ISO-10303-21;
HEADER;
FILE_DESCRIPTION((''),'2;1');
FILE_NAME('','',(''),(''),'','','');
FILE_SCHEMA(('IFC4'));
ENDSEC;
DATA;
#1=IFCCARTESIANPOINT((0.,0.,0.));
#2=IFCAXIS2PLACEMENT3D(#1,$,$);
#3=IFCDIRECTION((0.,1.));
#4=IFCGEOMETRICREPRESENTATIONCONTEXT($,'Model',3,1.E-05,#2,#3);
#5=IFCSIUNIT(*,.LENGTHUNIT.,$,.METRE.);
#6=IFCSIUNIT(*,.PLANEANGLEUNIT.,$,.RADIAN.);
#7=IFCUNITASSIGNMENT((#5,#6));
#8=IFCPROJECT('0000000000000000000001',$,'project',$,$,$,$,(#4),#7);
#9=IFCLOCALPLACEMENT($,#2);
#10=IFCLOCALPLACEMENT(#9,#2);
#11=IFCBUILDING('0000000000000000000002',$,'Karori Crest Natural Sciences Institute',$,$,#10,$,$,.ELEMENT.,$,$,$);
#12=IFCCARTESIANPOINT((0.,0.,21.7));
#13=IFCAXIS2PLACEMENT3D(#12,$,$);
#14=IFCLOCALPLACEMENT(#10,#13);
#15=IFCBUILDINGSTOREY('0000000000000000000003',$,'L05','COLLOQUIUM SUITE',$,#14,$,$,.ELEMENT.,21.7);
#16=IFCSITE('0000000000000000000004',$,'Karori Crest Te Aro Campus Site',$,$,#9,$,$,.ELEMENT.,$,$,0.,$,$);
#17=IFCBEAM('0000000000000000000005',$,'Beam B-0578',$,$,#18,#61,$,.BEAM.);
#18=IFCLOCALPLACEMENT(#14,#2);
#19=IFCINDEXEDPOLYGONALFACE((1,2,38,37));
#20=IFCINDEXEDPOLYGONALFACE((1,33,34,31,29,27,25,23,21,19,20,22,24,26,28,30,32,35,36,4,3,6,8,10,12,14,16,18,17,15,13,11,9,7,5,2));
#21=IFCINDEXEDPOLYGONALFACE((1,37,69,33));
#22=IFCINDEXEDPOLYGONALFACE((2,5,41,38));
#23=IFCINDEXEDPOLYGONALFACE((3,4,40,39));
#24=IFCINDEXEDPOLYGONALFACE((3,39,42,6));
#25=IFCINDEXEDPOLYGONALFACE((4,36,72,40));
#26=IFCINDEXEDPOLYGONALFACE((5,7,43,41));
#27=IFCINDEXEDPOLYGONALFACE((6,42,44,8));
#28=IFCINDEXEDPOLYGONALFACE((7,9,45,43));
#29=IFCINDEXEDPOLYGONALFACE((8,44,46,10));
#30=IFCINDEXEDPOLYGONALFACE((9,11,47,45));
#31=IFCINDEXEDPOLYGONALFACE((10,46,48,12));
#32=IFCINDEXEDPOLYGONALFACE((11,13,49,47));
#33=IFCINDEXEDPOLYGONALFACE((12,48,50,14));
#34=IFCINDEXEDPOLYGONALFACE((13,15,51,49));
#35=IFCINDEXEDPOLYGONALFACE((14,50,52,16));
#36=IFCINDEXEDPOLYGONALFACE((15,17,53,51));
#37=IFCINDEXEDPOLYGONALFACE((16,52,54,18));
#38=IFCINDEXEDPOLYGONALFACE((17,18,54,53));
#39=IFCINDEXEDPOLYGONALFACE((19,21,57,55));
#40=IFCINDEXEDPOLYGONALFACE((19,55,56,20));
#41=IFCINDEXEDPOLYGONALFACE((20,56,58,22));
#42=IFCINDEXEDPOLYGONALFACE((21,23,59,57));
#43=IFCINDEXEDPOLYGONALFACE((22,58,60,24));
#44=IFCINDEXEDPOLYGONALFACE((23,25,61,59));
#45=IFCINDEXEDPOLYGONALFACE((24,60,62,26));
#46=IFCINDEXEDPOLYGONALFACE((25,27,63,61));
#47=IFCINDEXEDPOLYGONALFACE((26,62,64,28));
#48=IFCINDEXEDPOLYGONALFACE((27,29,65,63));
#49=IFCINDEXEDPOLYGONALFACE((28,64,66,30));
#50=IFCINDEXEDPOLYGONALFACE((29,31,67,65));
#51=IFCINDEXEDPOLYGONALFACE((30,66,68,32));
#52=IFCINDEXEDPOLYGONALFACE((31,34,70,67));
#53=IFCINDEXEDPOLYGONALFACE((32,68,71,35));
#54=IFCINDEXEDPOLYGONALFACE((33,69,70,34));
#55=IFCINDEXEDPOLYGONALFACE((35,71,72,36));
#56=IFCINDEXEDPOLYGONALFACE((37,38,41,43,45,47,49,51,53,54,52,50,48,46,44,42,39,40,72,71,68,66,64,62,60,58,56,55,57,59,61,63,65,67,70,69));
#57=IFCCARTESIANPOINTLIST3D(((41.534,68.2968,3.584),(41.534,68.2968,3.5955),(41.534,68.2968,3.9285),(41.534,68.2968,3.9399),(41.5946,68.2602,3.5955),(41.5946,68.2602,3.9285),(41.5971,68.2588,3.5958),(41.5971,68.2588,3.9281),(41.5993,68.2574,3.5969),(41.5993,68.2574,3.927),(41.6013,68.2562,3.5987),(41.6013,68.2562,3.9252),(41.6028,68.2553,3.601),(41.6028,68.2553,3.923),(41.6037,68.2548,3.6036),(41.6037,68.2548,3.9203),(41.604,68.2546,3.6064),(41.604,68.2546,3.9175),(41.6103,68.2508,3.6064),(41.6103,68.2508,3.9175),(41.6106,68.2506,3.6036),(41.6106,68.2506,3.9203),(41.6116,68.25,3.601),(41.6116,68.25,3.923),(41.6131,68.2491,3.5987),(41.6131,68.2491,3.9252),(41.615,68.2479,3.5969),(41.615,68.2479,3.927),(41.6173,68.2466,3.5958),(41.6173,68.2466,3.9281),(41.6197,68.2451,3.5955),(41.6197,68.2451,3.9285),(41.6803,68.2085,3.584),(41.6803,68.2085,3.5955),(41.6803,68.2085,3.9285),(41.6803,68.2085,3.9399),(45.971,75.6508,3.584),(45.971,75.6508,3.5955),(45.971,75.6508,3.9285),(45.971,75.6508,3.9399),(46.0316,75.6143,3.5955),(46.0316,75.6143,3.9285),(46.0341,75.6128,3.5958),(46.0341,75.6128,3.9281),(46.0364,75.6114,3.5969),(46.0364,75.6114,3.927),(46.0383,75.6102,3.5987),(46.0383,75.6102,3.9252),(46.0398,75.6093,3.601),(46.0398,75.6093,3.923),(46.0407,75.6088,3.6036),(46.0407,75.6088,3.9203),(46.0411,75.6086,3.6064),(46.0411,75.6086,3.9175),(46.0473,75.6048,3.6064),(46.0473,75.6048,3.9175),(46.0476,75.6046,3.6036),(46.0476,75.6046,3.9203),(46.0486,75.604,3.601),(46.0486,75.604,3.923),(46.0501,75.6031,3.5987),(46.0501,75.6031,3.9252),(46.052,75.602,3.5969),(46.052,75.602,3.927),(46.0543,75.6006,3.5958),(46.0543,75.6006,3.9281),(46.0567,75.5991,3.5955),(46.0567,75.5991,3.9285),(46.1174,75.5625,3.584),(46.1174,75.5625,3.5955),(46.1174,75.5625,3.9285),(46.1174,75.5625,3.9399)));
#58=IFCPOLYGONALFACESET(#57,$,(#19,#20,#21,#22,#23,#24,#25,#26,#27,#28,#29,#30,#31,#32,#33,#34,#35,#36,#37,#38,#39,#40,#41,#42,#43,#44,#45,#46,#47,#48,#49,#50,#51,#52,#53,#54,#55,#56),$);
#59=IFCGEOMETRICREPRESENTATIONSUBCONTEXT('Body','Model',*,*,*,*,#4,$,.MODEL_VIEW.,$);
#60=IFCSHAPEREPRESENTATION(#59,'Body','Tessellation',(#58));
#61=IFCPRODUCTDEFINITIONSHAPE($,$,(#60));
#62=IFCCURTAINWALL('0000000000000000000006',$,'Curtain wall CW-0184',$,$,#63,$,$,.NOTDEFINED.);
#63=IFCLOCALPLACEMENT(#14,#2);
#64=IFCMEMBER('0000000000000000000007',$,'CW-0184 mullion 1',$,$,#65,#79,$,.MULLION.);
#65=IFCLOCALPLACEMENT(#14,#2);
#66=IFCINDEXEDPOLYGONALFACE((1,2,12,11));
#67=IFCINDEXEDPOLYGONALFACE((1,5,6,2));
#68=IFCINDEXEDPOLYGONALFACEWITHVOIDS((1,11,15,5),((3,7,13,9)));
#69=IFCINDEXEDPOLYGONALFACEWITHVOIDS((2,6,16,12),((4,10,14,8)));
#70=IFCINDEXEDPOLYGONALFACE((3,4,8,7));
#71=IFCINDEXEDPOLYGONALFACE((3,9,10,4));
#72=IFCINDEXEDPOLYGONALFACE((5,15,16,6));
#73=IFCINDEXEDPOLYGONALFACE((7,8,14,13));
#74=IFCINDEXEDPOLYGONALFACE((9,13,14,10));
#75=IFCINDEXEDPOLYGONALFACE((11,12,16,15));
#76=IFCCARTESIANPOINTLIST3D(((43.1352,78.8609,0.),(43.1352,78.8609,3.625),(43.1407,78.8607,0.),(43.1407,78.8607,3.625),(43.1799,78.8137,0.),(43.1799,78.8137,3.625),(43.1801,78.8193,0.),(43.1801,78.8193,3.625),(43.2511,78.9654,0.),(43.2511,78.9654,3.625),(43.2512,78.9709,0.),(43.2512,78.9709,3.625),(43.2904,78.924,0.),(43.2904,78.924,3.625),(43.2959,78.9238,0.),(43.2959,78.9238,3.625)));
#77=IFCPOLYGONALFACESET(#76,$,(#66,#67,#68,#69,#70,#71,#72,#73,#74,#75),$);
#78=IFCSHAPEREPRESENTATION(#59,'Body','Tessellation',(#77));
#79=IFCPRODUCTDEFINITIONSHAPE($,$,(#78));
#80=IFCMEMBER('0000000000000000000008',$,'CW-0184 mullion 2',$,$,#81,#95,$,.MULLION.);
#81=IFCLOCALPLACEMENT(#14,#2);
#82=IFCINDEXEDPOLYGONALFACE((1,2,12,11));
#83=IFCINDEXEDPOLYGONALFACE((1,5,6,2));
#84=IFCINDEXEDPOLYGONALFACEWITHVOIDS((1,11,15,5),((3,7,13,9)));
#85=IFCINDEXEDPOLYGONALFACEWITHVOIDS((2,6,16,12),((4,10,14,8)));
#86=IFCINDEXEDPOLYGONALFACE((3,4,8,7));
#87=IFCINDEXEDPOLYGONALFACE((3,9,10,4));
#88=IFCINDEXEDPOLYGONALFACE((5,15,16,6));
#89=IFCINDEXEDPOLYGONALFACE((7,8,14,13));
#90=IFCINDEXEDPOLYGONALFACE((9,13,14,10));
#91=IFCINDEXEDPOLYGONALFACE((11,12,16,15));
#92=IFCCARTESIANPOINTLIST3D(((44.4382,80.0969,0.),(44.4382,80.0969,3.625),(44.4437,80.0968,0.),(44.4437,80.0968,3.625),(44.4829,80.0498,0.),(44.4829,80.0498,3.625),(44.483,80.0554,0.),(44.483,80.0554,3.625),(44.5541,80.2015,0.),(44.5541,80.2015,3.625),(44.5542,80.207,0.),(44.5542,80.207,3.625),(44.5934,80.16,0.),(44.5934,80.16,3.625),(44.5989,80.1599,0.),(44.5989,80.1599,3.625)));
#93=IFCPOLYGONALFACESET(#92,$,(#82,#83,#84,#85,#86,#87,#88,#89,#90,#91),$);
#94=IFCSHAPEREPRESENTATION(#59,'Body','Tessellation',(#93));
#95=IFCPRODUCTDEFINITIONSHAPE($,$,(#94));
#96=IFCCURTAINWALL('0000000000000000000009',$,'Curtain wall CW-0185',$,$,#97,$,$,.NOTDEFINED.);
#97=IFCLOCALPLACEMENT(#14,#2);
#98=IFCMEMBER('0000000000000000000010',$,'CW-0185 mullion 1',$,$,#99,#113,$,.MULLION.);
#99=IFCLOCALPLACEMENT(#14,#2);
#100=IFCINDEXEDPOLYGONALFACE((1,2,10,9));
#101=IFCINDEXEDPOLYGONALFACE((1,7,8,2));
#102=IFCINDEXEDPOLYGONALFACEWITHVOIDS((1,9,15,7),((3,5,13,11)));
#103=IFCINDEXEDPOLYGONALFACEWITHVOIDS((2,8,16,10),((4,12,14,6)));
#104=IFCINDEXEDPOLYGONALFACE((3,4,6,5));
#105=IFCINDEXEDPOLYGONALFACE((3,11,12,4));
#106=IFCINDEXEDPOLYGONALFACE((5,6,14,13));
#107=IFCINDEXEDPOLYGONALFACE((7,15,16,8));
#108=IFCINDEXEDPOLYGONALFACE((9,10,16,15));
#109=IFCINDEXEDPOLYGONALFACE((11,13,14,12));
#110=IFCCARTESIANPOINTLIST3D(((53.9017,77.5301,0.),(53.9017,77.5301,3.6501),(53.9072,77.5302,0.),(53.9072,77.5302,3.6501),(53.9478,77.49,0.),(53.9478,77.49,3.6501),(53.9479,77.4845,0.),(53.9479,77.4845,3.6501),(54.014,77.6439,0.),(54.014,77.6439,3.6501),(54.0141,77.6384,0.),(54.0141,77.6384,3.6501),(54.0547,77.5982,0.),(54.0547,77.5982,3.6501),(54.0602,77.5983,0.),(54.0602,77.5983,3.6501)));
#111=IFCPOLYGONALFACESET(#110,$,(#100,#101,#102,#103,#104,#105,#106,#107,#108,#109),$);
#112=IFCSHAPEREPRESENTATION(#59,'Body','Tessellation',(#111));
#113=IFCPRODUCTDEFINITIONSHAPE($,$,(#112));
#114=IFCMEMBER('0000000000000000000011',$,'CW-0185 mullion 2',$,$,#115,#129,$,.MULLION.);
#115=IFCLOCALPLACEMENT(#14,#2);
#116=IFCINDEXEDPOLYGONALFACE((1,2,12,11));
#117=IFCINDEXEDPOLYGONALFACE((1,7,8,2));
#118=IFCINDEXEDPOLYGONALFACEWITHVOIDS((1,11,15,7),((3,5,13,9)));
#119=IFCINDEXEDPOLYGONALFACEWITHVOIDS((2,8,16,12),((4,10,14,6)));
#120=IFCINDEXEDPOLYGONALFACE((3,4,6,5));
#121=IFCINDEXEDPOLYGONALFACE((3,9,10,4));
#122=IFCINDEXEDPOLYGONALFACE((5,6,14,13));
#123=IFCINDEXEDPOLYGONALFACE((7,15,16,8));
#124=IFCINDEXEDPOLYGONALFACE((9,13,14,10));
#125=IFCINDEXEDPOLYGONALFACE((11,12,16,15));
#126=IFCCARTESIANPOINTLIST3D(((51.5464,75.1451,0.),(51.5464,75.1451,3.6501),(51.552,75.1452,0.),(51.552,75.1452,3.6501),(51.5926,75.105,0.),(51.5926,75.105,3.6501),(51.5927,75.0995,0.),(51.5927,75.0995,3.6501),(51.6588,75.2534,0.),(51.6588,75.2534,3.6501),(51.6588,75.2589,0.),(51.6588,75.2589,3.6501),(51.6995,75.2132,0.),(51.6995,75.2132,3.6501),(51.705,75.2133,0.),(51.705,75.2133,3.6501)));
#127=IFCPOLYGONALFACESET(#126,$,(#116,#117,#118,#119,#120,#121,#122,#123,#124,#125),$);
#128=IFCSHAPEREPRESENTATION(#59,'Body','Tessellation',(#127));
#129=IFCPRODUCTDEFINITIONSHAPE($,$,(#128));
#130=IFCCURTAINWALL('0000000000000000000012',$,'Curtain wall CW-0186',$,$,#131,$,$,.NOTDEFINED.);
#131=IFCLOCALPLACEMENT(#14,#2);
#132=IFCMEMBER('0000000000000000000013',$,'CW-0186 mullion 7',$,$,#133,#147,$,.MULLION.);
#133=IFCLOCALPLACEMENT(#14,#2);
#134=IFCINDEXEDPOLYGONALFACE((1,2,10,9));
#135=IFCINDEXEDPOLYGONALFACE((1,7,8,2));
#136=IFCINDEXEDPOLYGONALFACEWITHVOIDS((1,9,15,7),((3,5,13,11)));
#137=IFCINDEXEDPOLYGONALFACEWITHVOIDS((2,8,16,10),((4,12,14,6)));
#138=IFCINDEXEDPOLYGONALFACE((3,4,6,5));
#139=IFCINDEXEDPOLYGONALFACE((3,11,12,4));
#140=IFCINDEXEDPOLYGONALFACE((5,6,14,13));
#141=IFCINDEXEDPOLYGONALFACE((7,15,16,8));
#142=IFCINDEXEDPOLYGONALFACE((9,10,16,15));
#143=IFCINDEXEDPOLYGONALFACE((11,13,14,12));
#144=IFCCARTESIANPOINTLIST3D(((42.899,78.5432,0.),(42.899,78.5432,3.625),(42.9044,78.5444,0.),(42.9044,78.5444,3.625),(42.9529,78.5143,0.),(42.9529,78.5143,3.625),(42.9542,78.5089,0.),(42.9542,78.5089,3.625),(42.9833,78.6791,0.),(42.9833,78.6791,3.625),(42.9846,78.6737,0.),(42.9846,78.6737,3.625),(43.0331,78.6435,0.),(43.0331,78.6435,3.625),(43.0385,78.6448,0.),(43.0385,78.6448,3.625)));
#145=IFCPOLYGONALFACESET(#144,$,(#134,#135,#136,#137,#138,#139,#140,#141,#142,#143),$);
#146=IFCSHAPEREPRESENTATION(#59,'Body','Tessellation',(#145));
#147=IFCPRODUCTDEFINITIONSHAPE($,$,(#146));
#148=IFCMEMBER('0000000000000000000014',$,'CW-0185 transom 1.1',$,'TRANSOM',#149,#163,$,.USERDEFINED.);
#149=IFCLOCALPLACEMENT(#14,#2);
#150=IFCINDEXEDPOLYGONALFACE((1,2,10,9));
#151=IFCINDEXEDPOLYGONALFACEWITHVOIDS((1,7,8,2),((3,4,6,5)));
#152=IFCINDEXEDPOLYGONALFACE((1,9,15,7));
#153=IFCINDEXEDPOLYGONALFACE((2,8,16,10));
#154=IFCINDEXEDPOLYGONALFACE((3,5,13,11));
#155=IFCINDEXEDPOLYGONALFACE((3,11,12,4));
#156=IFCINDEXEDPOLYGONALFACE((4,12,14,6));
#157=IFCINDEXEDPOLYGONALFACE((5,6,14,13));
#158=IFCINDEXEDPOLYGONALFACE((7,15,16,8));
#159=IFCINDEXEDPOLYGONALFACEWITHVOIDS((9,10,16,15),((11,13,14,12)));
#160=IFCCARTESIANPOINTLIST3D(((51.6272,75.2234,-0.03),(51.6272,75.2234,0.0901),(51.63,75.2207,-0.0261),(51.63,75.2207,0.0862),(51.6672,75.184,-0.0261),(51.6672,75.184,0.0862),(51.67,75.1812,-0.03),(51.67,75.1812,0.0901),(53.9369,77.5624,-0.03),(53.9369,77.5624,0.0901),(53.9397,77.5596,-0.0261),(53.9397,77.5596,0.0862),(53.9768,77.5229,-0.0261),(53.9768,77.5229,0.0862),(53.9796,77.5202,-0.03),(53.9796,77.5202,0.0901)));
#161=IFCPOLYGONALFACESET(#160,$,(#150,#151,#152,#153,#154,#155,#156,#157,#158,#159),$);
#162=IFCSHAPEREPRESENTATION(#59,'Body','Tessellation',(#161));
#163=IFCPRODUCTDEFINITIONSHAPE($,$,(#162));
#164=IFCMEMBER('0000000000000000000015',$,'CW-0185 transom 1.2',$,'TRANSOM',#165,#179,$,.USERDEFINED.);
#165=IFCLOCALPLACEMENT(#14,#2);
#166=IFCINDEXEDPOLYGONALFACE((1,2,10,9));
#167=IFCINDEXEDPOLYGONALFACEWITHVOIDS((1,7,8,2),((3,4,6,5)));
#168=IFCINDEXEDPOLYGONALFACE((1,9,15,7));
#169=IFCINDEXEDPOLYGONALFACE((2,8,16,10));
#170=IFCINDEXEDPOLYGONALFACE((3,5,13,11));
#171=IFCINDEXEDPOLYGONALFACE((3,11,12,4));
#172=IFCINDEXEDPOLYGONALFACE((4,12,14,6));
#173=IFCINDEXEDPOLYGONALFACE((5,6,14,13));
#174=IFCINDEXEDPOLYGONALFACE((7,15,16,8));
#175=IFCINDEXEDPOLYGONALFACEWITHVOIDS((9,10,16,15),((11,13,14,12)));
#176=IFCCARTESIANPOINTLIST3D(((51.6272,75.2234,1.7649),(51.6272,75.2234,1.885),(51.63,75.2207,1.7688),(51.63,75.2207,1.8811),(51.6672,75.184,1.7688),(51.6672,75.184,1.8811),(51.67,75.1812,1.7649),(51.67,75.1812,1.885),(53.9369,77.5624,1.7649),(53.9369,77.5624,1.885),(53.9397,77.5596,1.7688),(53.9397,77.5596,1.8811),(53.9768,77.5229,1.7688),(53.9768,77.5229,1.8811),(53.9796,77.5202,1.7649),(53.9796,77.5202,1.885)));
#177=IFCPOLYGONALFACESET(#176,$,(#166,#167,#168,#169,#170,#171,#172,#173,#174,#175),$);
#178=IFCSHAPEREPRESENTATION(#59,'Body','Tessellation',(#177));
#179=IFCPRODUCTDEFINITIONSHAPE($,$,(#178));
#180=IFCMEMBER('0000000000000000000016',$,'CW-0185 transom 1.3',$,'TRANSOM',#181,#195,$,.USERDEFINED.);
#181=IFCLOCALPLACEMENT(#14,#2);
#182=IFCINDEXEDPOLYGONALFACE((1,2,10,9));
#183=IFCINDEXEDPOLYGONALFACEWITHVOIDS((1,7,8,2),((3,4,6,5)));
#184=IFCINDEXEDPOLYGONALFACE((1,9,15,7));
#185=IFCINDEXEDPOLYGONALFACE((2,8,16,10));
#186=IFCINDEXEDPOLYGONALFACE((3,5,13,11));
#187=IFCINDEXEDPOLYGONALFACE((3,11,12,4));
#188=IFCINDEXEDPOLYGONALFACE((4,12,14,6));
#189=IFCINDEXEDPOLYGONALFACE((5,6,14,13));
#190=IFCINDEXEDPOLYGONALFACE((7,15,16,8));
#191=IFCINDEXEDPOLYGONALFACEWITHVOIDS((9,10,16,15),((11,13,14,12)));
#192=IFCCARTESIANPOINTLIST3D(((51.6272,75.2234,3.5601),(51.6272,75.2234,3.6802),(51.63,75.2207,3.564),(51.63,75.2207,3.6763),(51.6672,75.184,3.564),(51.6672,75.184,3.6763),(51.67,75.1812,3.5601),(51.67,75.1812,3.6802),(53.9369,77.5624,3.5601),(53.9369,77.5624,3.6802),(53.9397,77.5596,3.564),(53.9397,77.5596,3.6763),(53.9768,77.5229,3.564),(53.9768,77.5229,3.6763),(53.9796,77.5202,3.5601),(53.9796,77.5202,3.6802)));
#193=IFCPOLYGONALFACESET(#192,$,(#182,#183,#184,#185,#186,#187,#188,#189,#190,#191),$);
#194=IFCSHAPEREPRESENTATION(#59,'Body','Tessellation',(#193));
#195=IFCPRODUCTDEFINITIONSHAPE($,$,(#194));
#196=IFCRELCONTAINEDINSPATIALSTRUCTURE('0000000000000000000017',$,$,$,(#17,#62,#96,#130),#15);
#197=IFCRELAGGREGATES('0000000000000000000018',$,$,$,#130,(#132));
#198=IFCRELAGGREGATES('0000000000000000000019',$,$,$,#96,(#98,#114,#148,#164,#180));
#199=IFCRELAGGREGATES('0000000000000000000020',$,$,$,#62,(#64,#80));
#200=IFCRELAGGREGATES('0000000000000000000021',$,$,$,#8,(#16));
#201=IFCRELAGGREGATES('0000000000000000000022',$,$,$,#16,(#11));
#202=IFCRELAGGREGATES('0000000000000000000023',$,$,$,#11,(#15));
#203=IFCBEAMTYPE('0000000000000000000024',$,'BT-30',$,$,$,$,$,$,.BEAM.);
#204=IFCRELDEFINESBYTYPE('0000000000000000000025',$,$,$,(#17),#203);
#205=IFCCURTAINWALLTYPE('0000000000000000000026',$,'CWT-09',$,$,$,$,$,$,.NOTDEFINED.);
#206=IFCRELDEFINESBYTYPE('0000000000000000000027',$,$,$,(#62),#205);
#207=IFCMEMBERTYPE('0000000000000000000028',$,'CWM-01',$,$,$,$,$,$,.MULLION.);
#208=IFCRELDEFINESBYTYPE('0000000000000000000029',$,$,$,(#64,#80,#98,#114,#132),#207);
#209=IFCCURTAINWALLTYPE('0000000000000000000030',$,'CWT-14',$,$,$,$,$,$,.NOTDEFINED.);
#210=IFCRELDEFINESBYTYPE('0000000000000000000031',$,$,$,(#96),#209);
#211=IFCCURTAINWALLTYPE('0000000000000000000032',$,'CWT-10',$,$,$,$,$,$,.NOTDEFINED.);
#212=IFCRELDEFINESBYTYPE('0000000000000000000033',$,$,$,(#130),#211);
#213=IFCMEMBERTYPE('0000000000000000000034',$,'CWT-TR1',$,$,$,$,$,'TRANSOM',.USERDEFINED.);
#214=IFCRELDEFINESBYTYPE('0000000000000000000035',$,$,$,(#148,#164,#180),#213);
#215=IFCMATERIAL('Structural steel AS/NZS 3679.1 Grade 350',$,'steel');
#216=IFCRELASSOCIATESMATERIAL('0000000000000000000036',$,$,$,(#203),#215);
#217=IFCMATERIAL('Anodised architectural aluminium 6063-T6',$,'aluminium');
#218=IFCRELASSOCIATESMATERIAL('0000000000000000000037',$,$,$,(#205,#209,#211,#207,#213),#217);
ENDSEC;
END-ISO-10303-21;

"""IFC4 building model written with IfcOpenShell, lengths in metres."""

from ifc_helpers import new_model, si_unit, direction, frame, origin, origin_2d, place, context, subcontext, project, spatial, hollow_rectangle, i_section, extrude, material, material_profile, profile_set, type_object, element, aggregate, save


model = new_model("IFC4")

# Units and contexts
model_context = context("Model", 3, precision=1e-05, world=origin(), true_north=direction((0.0, 1.0)))
body_context = subcontext(model_context, "Body", "Model", "MODEL_VIEW")
ifc_project = project(units=[si_unit("LENGTHUNIT", "METRE"), si_unit("PLANEANGLEUNIT", "RADIAN")], contexts=[model_context])

# Site, building, storey
site_placement = place(None, origin())
site = spatial("IfcSite", under=ifc_project, at=site_placement, Name="Karori Crest Te Aro Campus Site", CompositionType="ELEMENT", RefElevation=0.0)
building_placement = place(site_placement, origin())
building = spatial("IfcBuilding", under=site, at=building_placement, Name="Karori Crest Natural Sciences Institute", CompositionType="ELEMENT")
storey_placement = place(building_placement, frame((0.0, 0.0, 21.7)))
storey = spatial("IfcBuildingStorey", under=building, at=storey_placement, Name="L05", Description="COLLOQUIUM SUITE", CompositionType="ELEMENT", Elevation=21.7)

# Shared definitions
ifc_material_1 = material(Name="Structural steel AS/NZS 3679.1 Grade 350", Category="steel")

# Beam
ifc_material_profile_1 = material_profile(ifc_material_1, i_section(OverallWidth=0.1709, OverallDepth=0.356, WebThickness=0.0073, FlangeThickness=0.0115, FilletRadius=0.011, at=origin_2d()), Name="360UB50.7")
ifc_profile_set_1 = profile_set([ifc_material_profile_1], Name="Structural steel AS/NZS 3679.1 Grade 350")
beam_type_1 = type_object("IfcBeamType", Name="BT-30", PredefinedType="BEAM", material=ifc_profile_set_1)
beam_1_placement = place(storey_placement, frame((46.0442, 75.6067, 3.762), z_axis=(-0.516601, -0.856226, 0.0), x_axis=(0.856226, -0.516601, 0.0)))
element("IfcBeam", 1, at=beam_1_placement, inside=storey, type_object=beam_type_1, Name="Beam B-0578", PredefinedType="BEAM", context=body_context, shape_type="SweptSolid", body=[
    extrude(i_section(OverallWidth=0.1709, OverallDepth=0.356, WebThickness=0.0073, FlangeThickness=0.0115, FilletRadius=0.011, at=origin_2d()), origin(), (0.0, 0.0, 1.0), 8.5889),
])

# Curtain walls, members
ifc_material_2 = material(Name="Anodised architectural aluminium 6063-T6", Category="aluminium")
curtain_wall_type_1 = type_object("IfcCurtainWallType", Name="CWT-09", PredefinedType="NOTDEFINED", material=ifc_material_2)
curtain_wall_1_placement = place(storey_placement, origin())
curtain_wall_1 = element("IfcCurtainWall", 2, at=curtain_wall_1_placement, inside=storey, type_object=curtain_wall_type_1, Name="Curtain wall CW-0184", PredefinedType="NOTDEFINED")
ifc_material_profile_2 = material_profile(ifc_material_2, hollow_rectangle(XDim=0.0649, YDim=0.1599, WallThickness=0.0039, at=origin_2d()), Name="CWM160x65x4")
ifc_profile_set_2 = profile_set([ifc_material_profile_2], Name="Anodised architectural aluminium 6063-T6")
member_type_1 = type_object("IfcMemberType", Name="CWM-01", PredefinedType="MULLION", material=ifc_profile_set_2)
member_1_placement = place(storey_placement, frame((43.2156, 78.8923, 0.0), z_axis=(0.0, 0.0, 1.0), x_axis=(-0.688251, 0.725473, 0.0)))
member_1 = element("IfcMember", 3, at=member_1_placement, type_object=member_type_1, Name="CW-0184 mullion 1", PredefinedType="MULLION", context=body_context, shape_type="SweptSolid", body=[
    extrude(hollow_rectangle(XDim=0.0649, YDim=0.1599, WallThickness=0.0039, at=origin_2d()), origin(), (0.0, 0.0, 1.0), 3.625),
])
member_2_placement = place(storey_placement, frame((44.5186, 80.1284, 0.0), z_axis=(0.0, 0.0, 1.0), x_axis=(-0.688251, 0.725473, 0.0)))
member_2 = element("IfcMember", 4, at=member_2_placement, type_object=member_type_1, Name="CW-0184 mullion 2", PredefinedType="MULLION", context=body_context, shape_type="SweptSolid", body=[
    extrude(hollow_rectangle(XDim=0.0649, YDim=0.1599, WallThickness=0.0039, at=origin_2d()), origin(), (0.0, 0.0, 1.0), 3.625),
])
curtain_wall_type_2 = type_object("IfcCurtainWallType", Name="CWT-14", PredefinedType="NOTDEFINED", material=ifc_material_2)
curtain_wall_2_placement = place(storey_placement, origin())
curtain_wall_2 = element("IfcCurtainWall", 5, at=curtain_wall_2_placement, inside=storey, type_object=curtain_wall_type_2, Name="Curtain wall CW-0185", PredefinedType="NOTDEFINED")
member_3_placement = place(storey_placement, frame((53.981, 77.5642, 0.0), z_axis=(0.0, 0.0, 1.0), x_axis=(0.711525, -0.702661, 0.0)))
member_3 = element("IfcMember", 6, at=member_3_placement, type_object=member_type_1, Name="CW-0185 mullion 1", PredefinedType="MULLION", context=body_context, shape_type="SweptSolid", body=[
    extrude(hollow_rectangle(XDim=0.0649, YDim=0.1599, WallThickness=0.0039, at=origin_2d()), origin(), (0.0, 0.0, 1.0), 3.6501),
])
member_4_placement = place(storey_placement, frame((51.6257, 75.1792, 0.0), z_axis=(0.0, 0.0, 1.0), x_axis=(0.711525, -0.702661, 0.0)))
member_4 = element("IfcMember", 7, at=member_4_placement, type_object=member_type_1, Name="CW-0185 mullion 2", PredefinedType="MULLION", context=body_context, shape_type="SweptSolid", body=[
    extrude(hollow_rectangle(XDim=0.0649, YDim=0.1599, WallThickness=0.0039, at=origin_2d()), origin(), (0.0, 0.0, 1.0), 3.6501),
])

# Curtain wall, member
curtain_wall_type_3 = type_object("IfcCurtainWallType", Name="CWT-10", PredefinedType="NOTDEFINED", material=ifc_material_2)
curtain_wall_3_placement = place(storey_placement, origin())
curtain_wall_3 = element("IfcCurtainWall", 8, at=curtain_wall_3_placement, inside=storey, type_object=curtain_wall_type_3, Name="Curtain wall CW-0186", PredefinedType="NOTDEFINED")
member_5_placement = place(storey_placement, frame((42.9688, 78.594, 0.0), z_axis=(0.0, 0.0, 1.0), x_axis=(-0.849664, 0.527324, 0.0)))
member_5 = element("IfcMember", 9, at=member_5_placement, type_object=member_type_1, Name="CW-0186 mullion 7", PredefinedType="MULLION", context=body_context, shape_type="SweptSolid", body=[
    extrude(hollow_rectangle(XDim=0.0649, YDim=0.1599, WallThickness=0.0039, at=origin_2d()), origin(), (0.0, 0.0, 1.0), 3.625),
])
aggregate(curtain_wall_3, [member_5])

# Members
ifc_material_profile_3 = material_profile(ifc_material_2, hollow_rectangle(XDim=0.0601, YDim=0.1201, WallThickness=0.0039, at=origin_2d()), Name="CWT120x60x4")
ifc_profile_set_3 = profile_set([ifc_material_profile_3], Name="Anodised architectural aluminium 6063-T6")
member_type_2 = type_object("IfcMemberType", Name="CWT-TR1", ElementType="TRANSOM", PredefinedType="USERDEFINED", material=ifc_profile_set_3)
member_6_placement = place(storey_placement, frame((53.9583, 77.5413, 0.03), z_axis=(-0.702636, -0.711549, 0.0), x_axis=(0.711549, -0.702636, 0.0)))
member_6 = element("IfcMember", 10, at=member_6_placement, type_object=member_type_2, Name="CW-0185 transom 1.1", ObjectType="TRANSOM", PredefinedType="USERDEFINED", context=body_context, shape_type="SweptSolid", body=[
    extrude(hollow_rectangle(XDim=0.0601, YDim=0.1201, WallThickness=0.0039, at=origin_2d()), origin(), (0.0, 0.0, 1.0), 3.2871),
])
member_7_placement = place(storey_placement, frame((53.9583, 77.5413, 1.825), z_axis=(-0.702636, -0.711549, 0.0), x_axis=(0.711549, -0.702636, 0.0)))
member_7 = element("IfcMember", 11, at=member_7_placement, type_object=member_type_2, Name="CW-0185 transom 1.2", ObjectType="TRANSOM", PredefinedType="USERDEFINED", context=body_context, shape_type="SweptSolid", body=[
    extrude(hollow_rectangle(XDim=0.0601, YDim=0.1201, WallThickness=0.0039, at=origin_2d()), origin(), (0.0, 0.0, 1.0), 3.2871),
])
member_8_placement = place(storey_placement, frame((53.9583, 77.5413, 3.6201), z_axis=(-0.702636, -0.711549, 0.0), x_axis=(0.711549, -0.702636, 0.0)))
member_8 = element("IfcMember", 12, at=member_8_placement, type_object=member_type_2, Name="CW-0185 transom 1.3", ObjectType="TRANSOM", PredefinedType="USERDEFINED", context=body_context, shape_type="SweptSolid", body=[
    extrude(hollow_rectangle(XDim=0.0601, YDim=0.1201, WallThickness=0.0039, at=origin_2d()), origin(), (0.0, 0.0, 1.0), 3.2871),
])

aggregate(curtain_wall_2, [member_3, member_4, member_6, member_7, member_8])
aggregate(curtain_wall_1, [member_1, member_2])

save(model, "model.ifc")
